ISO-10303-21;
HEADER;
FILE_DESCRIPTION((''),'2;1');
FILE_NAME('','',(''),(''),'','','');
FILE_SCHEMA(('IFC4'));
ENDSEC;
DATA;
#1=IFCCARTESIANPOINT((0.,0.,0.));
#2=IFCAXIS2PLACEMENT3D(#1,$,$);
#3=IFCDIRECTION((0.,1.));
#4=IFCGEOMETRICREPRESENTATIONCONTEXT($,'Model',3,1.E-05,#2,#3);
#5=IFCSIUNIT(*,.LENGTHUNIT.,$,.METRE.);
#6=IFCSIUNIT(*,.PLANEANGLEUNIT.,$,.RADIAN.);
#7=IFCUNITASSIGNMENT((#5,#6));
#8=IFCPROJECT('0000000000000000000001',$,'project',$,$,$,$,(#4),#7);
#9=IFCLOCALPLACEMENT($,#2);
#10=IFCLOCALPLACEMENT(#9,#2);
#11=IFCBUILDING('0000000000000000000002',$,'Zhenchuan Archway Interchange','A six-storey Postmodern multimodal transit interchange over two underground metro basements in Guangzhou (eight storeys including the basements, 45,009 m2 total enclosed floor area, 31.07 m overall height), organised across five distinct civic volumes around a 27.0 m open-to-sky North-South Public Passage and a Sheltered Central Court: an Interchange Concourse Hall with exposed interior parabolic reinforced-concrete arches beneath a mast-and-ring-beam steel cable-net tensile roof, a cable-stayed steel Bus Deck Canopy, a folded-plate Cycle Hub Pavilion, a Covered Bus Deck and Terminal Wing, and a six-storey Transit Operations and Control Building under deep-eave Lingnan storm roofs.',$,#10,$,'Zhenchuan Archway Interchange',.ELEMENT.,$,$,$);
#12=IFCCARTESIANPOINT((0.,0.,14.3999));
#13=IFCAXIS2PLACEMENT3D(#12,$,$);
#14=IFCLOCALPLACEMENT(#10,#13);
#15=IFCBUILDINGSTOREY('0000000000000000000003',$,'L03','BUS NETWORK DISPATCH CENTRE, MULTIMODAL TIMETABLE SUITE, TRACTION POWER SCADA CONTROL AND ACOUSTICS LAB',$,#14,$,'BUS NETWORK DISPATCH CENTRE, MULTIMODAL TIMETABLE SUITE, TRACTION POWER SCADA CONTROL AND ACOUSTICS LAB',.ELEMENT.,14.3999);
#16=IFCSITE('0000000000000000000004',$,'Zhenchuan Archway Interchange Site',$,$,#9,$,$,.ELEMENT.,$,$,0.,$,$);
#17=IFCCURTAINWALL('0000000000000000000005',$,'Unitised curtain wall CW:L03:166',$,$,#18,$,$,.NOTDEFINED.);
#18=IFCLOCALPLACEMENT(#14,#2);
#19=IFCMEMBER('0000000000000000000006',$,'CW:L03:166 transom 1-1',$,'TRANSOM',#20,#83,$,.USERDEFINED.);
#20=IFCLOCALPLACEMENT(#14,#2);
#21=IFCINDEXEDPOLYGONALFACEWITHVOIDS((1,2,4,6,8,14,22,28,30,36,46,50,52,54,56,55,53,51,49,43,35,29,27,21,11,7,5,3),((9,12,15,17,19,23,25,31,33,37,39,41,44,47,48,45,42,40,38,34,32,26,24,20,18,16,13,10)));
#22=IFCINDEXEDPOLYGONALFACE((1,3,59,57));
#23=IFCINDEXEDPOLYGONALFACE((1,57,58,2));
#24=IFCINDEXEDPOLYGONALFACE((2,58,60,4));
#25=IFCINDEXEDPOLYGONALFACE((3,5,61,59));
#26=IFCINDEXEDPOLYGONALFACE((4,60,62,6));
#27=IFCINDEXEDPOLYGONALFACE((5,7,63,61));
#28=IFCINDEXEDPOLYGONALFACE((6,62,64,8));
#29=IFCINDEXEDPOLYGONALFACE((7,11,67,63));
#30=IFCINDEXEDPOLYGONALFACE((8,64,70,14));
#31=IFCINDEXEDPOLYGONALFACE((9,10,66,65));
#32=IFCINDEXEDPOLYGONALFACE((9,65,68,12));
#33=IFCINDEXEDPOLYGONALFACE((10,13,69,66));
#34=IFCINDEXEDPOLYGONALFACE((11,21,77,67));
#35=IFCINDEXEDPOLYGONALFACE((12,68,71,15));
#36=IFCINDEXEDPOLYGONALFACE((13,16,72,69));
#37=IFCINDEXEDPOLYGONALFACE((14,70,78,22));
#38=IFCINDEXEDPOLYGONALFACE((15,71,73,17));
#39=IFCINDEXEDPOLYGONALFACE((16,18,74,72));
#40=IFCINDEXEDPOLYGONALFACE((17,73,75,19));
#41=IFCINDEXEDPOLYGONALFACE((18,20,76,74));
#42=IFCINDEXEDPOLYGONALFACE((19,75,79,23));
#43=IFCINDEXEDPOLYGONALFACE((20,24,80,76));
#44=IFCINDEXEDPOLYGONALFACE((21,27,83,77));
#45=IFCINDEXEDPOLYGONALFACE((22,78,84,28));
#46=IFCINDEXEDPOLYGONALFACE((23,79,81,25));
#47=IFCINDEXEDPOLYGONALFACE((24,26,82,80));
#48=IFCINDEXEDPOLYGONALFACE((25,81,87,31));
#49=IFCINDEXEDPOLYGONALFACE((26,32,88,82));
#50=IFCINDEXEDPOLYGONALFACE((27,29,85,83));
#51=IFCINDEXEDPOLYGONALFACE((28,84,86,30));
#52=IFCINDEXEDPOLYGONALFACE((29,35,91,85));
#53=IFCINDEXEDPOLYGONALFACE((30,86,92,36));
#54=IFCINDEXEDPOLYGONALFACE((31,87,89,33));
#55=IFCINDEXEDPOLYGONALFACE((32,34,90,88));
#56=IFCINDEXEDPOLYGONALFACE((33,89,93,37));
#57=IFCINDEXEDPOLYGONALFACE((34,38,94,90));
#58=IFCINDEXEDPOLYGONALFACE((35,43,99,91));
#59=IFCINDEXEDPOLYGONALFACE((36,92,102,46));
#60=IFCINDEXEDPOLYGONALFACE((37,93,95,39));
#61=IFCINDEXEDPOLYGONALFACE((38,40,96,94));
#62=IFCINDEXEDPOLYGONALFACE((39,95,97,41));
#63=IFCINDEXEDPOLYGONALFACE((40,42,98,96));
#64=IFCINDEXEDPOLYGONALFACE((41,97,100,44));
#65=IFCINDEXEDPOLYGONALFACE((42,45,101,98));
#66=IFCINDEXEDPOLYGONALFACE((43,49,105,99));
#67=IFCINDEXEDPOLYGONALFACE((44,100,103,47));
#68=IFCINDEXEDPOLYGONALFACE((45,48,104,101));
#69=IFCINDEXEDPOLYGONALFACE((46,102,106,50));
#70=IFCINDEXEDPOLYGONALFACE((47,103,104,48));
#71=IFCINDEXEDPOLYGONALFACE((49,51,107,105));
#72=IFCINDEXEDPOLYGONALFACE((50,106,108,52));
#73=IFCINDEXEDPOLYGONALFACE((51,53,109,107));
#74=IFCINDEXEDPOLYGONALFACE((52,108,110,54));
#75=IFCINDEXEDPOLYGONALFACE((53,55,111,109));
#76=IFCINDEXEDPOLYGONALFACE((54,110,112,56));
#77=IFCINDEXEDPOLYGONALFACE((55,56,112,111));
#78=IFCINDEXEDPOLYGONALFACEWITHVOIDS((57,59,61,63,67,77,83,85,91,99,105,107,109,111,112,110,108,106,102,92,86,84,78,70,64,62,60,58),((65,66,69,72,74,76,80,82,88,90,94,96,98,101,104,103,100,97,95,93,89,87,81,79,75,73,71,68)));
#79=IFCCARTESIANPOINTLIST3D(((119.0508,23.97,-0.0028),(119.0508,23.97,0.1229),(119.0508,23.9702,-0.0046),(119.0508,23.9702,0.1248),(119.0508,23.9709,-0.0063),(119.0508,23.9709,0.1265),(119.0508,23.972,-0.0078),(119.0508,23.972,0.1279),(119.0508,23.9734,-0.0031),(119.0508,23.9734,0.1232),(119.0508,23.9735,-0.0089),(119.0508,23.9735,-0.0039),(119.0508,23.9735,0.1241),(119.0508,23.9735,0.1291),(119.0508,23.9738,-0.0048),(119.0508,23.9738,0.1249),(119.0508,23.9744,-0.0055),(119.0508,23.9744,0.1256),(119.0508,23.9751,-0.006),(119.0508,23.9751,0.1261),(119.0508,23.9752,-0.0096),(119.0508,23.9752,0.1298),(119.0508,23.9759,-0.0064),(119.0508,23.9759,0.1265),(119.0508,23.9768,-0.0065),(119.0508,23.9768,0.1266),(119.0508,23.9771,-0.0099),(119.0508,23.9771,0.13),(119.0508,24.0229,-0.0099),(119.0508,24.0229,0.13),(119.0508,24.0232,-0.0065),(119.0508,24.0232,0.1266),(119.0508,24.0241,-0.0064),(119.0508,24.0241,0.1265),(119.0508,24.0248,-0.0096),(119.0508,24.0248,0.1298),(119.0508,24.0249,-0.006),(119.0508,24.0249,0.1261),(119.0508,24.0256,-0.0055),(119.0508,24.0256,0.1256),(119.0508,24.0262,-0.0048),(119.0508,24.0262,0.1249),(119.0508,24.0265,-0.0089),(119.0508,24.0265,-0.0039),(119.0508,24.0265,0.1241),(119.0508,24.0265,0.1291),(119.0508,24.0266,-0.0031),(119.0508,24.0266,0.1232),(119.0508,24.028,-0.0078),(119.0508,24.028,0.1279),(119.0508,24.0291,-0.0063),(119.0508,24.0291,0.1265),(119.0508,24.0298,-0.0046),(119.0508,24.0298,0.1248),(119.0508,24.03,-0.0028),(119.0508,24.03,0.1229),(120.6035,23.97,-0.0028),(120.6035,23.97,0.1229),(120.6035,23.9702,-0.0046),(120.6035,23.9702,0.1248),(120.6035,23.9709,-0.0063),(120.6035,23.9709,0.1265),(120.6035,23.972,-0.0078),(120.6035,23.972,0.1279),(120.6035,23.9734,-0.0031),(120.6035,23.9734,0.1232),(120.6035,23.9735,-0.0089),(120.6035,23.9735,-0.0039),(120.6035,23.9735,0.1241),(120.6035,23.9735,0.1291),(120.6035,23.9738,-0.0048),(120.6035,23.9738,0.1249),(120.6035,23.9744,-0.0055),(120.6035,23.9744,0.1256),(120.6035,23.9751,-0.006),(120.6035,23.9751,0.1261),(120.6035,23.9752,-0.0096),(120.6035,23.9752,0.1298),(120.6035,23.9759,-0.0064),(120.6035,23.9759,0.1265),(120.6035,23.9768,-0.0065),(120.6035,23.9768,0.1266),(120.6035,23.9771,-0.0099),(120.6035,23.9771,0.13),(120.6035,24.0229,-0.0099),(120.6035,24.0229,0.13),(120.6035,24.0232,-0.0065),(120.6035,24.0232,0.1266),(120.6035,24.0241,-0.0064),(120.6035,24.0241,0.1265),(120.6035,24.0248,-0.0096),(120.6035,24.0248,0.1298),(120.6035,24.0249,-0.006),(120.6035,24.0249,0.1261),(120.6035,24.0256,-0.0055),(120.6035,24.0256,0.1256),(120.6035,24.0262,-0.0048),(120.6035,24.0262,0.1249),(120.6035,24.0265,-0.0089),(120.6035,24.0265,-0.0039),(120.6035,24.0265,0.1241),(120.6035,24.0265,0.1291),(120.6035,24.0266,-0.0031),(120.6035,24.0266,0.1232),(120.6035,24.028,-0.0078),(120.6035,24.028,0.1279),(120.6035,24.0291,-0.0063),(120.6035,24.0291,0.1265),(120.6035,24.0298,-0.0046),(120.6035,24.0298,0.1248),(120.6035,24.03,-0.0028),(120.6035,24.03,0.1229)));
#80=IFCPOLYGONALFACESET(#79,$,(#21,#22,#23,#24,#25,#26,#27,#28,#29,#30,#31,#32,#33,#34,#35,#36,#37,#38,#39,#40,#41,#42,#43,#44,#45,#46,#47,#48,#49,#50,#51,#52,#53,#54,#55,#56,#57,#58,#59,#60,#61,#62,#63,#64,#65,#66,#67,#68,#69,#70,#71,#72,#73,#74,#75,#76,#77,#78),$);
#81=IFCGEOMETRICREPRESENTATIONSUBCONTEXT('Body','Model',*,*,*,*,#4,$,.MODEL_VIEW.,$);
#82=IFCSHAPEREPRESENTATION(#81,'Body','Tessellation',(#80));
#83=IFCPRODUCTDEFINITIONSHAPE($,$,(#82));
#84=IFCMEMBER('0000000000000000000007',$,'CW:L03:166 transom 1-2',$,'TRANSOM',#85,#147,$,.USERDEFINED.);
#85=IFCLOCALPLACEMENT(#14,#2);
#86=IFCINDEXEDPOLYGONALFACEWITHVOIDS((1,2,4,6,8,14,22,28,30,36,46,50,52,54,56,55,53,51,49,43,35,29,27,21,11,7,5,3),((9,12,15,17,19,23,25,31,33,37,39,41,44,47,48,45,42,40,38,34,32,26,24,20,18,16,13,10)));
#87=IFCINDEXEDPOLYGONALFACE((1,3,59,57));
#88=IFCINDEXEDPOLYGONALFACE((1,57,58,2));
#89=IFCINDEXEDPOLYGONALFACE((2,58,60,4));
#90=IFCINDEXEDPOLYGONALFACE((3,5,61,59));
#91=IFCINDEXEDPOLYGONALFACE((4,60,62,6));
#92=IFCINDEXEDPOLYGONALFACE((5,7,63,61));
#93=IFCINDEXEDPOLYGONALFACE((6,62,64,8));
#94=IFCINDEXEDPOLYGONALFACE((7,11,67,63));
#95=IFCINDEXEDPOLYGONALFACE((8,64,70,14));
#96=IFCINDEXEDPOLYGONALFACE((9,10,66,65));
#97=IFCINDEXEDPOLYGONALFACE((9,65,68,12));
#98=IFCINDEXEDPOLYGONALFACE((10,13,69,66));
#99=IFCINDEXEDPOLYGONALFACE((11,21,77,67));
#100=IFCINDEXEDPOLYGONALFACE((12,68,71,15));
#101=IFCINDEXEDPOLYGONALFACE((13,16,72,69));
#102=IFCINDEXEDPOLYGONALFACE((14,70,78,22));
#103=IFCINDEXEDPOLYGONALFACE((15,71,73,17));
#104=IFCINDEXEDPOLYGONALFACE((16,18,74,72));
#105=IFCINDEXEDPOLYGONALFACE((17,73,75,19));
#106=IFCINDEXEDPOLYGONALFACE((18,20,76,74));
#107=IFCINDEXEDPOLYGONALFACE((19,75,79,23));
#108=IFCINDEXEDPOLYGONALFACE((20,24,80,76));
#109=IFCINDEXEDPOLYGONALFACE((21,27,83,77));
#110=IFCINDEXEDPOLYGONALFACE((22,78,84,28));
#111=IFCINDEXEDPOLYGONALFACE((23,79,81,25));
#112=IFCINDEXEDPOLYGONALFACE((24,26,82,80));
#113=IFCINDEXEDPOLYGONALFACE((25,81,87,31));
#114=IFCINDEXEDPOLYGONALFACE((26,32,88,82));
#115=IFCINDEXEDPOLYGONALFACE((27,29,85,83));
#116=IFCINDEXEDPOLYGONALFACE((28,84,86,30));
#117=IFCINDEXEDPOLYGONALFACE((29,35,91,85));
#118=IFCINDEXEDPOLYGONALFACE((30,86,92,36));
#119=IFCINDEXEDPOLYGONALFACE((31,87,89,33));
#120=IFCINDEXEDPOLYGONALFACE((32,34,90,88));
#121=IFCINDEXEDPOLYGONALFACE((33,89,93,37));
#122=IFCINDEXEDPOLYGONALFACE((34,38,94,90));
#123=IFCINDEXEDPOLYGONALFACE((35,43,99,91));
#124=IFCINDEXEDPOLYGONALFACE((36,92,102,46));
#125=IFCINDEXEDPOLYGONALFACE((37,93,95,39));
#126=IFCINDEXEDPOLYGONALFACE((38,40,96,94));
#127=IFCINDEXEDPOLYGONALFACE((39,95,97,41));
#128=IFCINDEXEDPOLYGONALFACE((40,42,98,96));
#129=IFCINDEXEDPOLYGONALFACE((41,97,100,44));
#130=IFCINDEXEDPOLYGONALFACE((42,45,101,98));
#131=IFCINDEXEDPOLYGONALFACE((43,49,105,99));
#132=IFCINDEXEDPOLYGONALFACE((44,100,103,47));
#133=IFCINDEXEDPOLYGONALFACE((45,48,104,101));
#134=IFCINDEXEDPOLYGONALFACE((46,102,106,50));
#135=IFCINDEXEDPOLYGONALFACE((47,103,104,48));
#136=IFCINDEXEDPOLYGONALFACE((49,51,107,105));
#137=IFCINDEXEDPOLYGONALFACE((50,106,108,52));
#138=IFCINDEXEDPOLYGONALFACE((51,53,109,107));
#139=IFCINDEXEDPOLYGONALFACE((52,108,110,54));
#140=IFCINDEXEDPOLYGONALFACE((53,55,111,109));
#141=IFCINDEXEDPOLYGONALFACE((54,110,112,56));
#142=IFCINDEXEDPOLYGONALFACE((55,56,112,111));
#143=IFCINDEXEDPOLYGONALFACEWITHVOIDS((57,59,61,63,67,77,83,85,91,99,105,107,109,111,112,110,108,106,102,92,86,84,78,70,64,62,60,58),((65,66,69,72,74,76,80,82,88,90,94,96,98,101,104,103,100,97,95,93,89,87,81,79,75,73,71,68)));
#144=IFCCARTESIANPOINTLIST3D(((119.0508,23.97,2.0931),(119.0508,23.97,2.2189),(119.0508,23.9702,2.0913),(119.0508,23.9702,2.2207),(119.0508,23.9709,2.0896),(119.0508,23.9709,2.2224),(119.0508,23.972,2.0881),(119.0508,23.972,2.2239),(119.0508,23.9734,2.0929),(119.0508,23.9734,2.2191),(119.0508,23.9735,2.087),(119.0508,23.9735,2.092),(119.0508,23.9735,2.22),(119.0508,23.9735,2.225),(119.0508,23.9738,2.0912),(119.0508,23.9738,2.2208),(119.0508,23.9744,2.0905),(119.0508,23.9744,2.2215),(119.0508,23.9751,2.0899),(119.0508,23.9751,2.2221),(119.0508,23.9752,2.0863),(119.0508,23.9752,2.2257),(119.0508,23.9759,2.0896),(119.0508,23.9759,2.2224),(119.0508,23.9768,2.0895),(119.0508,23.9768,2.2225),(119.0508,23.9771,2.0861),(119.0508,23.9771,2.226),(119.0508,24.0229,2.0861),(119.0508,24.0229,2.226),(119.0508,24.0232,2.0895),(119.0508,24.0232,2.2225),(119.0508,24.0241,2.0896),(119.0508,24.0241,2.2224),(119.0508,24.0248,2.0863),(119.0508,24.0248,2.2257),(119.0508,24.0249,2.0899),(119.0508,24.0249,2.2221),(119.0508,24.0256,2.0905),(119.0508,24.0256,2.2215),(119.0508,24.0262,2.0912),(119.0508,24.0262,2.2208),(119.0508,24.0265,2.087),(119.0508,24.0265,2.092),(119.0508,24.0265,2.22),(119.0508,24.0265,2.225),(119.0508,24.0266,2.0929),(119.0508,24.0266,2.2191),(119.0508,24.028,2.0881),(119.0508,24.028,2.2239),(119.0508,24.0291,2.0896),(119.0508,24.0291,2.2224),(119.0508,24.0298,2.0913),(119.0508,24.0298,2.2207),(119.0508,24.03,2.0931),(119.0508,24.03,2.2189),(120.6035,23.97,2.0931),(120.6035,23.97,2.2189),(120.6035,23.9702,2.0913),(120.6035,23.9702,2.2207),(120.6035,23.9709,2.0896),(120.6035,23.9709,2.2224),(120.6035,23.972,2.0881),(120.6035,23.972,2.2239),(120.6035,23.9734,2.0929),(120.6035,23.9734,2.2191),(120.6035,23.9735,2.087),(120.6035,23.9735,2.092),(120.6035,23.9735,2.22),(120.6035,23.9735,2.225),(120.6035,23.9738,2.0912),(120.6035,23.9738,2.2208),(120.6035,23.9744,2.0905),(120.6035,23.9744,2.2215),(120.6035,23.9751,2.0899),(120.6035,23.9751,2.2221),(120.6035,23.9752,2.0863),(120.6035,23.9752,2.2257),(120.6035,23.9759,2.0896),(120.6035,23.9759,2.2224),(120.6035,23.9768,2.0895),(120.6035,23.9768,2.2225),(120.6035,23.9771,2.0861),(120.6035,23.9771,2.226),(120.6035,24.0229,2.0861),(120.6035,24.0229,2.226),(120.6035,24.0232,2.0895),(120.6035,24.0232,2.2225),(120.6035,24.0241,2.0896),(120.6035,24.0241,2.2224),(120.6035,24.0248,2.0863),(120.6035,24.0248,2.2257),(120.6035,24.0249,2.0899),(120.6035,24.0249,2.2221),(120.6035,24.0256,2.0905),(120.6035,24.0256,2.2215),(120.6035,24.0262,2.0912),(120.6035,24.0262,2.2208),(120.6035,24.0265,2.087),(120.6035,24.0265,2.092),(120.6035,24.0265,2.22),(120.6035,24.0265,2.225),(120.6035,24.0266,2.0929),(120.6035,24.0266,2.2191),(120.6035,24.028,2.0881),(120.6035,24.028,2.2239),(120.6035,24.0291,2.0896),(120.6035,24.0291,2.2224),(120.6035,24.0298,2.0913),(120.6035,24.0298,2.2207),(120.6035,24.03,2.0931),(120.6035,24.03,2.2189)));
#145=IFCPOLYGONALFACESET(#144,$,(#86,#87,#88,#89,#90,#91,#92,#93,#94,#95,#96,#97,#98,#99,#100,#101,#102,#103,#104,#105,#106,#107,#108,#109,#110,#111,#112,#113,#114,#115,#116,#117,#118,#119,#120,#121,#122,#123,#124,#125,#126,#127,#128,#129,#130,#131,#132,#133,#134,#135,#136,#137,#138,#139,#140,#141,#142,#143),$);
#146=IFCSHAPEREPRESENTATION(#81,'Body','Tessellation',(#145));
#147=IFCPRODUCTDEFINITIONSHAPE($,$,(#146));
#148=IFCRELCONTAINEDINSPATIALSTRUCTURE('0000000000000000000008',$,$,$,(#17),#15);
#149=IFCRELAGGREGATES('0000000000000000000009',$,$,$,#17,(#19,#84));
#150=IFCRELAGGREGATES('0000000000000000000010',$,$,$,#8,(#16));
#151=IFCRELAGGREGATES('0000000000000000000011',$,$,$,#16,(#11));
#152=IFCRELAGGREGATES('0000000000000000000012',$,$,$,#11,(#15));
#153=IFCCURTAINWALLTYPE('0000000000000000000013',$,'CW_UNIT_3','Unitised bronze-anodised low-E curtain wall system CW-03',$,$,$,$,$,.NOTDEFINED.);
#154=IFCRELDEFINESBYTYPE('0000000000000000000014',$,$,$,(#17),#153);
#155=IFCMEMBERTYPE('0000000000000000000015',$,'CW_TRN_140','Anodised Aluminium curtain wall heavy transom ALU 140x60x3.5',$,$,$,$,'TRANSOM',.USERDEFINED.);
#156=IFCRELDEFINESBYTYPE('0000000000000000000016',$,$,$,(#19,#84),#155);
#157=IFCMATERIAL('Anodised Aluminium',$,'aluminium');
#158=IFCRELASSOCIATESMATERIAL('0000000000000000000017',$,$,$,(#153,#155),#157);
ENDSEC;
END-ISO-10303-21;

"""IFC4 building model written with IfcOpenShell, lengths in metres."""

from ifc_helpers import new_model, si_unit, direction, frame, origin, origin_2d, place, context, subcontext, project, spatial, hollow_rectangle, extrude, material, material_profile, profile_set, type_object, element, aggregate, save


model = new_model("IFC4")

# Units and contexts
model_context = context("Model", 3, precision=1e-05, world=origin(), true_north=direction((0.0, 1.0)))
body_context = subcontext(model_context, "Body", "Model", "MODEL_VIEW")
ifc_project = project(units=[si_unit("LENGTHUNIT", "METRE"), si_unit("PLANEANGLEUNIT", "RADIAN")], contexts=[model_context])

# Site, building, storey
site_placement = place(None, origin())
site = spatial("IfcSite", under=ifc_project, at=site_placement, Name="Zhenchuan Archway Interchange Site", CompositionType="ELEMENT", RefElevation=0.0)
building_placement = place(site_placement, origin())
building = spatial("IfcBuilding", under=site, at=building_placement, Name="Zhenchuan Archway Interchange", Description="A six-storey Postmodern multimodal transit interchange over two underground metro basements in Guangzhou (eight storeys including the basements, 45,009 m2 total enclosed floor area, 31.07 m overall height), organised across five distinct civic volumes around a 27.0 m open-to-sky North-South Public Passage and a Sheltered Central Court: an Interchange Concourse Hall with exposed interior parabolic reinforced-concrete arches beneath a mast-and-ring-beam steel cable-net tensile roof, a cable-stayed steel Bus Deck Canopy, a folded-plate Cycle Hub Pavilion, a Covered Bus Deck and Terminal Wing, and a six-storey Transit Operations and Control Building under deep-eave Lingnan storm roofs.", LongName="Zhenchuan Archway Interchange", CompositionType="ELEMENT")
storey_placement = place(building_placement, frame((0.0, 0.0, 14.3999)))
storey = spatial("IfcBuildingStorey", under=building, at=storey_placement, Name="L03", Description="BUS NETWORK DISPATCH CENTRE, MULTIMODAL TIMETABLE SUITE, TRACTION POWER SCADA CONTROL AND ACOUSTICS LAB", LongName="BUS NETWORK DISPATCH CENTRE, MULTIMODAL TIMETABLE SUITE, TRACTION POWER SCADA CONTROL AND ACOUSTICS LAB", CompositionType="ELEMENT", Elevation=14.3999)

# Curtain wall
ifc_material_1 = material(Name="Anodised Aluminium", Category="aluminium")
curtain_wall_type_1 = type_object("IfcCurtainWallType", Name="CW_UNIT_3", Description="Unitised bronze-anodised low-E curtain wall system CW-03", PredefinedType="NOTDEFINED", material=ifc_material_1)
curtain_wall_1_placement = place(storey_placement, origin())
curtain_wall_1 = element("IfcCurtainWall", 1, at=curtain_wall_1_placement, inside=storey, type_object=curtain_wall_type_1, Name="Unitised curtain wall CW:L03:166", PredefinedType="NOTDEFINED")

# Members
ifc_material_profile_1 = material_profile(ifc_material_1, hollow_rectangle(XDim=0.0601, YDim=0.1399, WallThickness=0.0034, InnerFilletRadius=0.0034, OuterFilletRadius=0.0071, at=origin_2d()), Name="ALU 140x60x3.5")
ifc_profile_set_1 = profile_set([ifc_material_profile_1], Name="Anodised Aluminium")
member_type_1 = type_object("IfcMemberType", Name="CW_TRN_140", Description="Anodised Aluminium curtain wall heavy transom ALU 140x60x3.5", ElementType="TRANSOM", PredefinedType="USERDEFINED", material=ifc_profile_set_1)
member_1_placement = place(storey_placement, frame((119.0508, 24.0, 0.0601), z_axis=(1.0, 0.0, 0.0), x_axis=(0.0, 1.0, 0.0)))
member_1 = element("IfcMember", 2, at=member_1_placement, type_object=member_type_1, Name="CW:L03:166 transom 1-1", ObjectType="TRANSOM", PredefinedType="USERDEFINED", context=body_context, shape_type="SweptSolid", body=[
    extrude(hollow_rectangle(XDim=0.0601, YDim=0.1399, WallThickness=0.0034, InnerFilletRadius=0.0034, OuterFilletRadius=0.0071, at=origin_2d()), origin(), (0.0, 0.0, 1.0), 1.5527),
])
member_2_placement = place(storey_placement, frame((119.0508, 24.0, 2.156), z_axis=(1.0, 0.0, 0.0), x_axis=(0.0, 1.0, 0.0)))
member_2 = element("IfcMember", 3, at=member_2_placement, type_object=member_type_1, Name="CW:L03:166 transom 1-2", ObjectType="TRANSOM", PredefinedType="USERDEFINED", context=body_context, shape_type="SweptSolid", body=[
    extrude(hollow_rectangle(XDim=0.0601, YDim=0.1399, WallThickness=0.0034, InnerFilletRadius=0.0034, OuterFilletRadius=0.0071, at=origin_2d()), origin(), (0.0, 0.0, 1.0), 1.5527),
])

aggregate(curtain_wall_1, [member_1, member_2])

save(model, "model.ifc")
